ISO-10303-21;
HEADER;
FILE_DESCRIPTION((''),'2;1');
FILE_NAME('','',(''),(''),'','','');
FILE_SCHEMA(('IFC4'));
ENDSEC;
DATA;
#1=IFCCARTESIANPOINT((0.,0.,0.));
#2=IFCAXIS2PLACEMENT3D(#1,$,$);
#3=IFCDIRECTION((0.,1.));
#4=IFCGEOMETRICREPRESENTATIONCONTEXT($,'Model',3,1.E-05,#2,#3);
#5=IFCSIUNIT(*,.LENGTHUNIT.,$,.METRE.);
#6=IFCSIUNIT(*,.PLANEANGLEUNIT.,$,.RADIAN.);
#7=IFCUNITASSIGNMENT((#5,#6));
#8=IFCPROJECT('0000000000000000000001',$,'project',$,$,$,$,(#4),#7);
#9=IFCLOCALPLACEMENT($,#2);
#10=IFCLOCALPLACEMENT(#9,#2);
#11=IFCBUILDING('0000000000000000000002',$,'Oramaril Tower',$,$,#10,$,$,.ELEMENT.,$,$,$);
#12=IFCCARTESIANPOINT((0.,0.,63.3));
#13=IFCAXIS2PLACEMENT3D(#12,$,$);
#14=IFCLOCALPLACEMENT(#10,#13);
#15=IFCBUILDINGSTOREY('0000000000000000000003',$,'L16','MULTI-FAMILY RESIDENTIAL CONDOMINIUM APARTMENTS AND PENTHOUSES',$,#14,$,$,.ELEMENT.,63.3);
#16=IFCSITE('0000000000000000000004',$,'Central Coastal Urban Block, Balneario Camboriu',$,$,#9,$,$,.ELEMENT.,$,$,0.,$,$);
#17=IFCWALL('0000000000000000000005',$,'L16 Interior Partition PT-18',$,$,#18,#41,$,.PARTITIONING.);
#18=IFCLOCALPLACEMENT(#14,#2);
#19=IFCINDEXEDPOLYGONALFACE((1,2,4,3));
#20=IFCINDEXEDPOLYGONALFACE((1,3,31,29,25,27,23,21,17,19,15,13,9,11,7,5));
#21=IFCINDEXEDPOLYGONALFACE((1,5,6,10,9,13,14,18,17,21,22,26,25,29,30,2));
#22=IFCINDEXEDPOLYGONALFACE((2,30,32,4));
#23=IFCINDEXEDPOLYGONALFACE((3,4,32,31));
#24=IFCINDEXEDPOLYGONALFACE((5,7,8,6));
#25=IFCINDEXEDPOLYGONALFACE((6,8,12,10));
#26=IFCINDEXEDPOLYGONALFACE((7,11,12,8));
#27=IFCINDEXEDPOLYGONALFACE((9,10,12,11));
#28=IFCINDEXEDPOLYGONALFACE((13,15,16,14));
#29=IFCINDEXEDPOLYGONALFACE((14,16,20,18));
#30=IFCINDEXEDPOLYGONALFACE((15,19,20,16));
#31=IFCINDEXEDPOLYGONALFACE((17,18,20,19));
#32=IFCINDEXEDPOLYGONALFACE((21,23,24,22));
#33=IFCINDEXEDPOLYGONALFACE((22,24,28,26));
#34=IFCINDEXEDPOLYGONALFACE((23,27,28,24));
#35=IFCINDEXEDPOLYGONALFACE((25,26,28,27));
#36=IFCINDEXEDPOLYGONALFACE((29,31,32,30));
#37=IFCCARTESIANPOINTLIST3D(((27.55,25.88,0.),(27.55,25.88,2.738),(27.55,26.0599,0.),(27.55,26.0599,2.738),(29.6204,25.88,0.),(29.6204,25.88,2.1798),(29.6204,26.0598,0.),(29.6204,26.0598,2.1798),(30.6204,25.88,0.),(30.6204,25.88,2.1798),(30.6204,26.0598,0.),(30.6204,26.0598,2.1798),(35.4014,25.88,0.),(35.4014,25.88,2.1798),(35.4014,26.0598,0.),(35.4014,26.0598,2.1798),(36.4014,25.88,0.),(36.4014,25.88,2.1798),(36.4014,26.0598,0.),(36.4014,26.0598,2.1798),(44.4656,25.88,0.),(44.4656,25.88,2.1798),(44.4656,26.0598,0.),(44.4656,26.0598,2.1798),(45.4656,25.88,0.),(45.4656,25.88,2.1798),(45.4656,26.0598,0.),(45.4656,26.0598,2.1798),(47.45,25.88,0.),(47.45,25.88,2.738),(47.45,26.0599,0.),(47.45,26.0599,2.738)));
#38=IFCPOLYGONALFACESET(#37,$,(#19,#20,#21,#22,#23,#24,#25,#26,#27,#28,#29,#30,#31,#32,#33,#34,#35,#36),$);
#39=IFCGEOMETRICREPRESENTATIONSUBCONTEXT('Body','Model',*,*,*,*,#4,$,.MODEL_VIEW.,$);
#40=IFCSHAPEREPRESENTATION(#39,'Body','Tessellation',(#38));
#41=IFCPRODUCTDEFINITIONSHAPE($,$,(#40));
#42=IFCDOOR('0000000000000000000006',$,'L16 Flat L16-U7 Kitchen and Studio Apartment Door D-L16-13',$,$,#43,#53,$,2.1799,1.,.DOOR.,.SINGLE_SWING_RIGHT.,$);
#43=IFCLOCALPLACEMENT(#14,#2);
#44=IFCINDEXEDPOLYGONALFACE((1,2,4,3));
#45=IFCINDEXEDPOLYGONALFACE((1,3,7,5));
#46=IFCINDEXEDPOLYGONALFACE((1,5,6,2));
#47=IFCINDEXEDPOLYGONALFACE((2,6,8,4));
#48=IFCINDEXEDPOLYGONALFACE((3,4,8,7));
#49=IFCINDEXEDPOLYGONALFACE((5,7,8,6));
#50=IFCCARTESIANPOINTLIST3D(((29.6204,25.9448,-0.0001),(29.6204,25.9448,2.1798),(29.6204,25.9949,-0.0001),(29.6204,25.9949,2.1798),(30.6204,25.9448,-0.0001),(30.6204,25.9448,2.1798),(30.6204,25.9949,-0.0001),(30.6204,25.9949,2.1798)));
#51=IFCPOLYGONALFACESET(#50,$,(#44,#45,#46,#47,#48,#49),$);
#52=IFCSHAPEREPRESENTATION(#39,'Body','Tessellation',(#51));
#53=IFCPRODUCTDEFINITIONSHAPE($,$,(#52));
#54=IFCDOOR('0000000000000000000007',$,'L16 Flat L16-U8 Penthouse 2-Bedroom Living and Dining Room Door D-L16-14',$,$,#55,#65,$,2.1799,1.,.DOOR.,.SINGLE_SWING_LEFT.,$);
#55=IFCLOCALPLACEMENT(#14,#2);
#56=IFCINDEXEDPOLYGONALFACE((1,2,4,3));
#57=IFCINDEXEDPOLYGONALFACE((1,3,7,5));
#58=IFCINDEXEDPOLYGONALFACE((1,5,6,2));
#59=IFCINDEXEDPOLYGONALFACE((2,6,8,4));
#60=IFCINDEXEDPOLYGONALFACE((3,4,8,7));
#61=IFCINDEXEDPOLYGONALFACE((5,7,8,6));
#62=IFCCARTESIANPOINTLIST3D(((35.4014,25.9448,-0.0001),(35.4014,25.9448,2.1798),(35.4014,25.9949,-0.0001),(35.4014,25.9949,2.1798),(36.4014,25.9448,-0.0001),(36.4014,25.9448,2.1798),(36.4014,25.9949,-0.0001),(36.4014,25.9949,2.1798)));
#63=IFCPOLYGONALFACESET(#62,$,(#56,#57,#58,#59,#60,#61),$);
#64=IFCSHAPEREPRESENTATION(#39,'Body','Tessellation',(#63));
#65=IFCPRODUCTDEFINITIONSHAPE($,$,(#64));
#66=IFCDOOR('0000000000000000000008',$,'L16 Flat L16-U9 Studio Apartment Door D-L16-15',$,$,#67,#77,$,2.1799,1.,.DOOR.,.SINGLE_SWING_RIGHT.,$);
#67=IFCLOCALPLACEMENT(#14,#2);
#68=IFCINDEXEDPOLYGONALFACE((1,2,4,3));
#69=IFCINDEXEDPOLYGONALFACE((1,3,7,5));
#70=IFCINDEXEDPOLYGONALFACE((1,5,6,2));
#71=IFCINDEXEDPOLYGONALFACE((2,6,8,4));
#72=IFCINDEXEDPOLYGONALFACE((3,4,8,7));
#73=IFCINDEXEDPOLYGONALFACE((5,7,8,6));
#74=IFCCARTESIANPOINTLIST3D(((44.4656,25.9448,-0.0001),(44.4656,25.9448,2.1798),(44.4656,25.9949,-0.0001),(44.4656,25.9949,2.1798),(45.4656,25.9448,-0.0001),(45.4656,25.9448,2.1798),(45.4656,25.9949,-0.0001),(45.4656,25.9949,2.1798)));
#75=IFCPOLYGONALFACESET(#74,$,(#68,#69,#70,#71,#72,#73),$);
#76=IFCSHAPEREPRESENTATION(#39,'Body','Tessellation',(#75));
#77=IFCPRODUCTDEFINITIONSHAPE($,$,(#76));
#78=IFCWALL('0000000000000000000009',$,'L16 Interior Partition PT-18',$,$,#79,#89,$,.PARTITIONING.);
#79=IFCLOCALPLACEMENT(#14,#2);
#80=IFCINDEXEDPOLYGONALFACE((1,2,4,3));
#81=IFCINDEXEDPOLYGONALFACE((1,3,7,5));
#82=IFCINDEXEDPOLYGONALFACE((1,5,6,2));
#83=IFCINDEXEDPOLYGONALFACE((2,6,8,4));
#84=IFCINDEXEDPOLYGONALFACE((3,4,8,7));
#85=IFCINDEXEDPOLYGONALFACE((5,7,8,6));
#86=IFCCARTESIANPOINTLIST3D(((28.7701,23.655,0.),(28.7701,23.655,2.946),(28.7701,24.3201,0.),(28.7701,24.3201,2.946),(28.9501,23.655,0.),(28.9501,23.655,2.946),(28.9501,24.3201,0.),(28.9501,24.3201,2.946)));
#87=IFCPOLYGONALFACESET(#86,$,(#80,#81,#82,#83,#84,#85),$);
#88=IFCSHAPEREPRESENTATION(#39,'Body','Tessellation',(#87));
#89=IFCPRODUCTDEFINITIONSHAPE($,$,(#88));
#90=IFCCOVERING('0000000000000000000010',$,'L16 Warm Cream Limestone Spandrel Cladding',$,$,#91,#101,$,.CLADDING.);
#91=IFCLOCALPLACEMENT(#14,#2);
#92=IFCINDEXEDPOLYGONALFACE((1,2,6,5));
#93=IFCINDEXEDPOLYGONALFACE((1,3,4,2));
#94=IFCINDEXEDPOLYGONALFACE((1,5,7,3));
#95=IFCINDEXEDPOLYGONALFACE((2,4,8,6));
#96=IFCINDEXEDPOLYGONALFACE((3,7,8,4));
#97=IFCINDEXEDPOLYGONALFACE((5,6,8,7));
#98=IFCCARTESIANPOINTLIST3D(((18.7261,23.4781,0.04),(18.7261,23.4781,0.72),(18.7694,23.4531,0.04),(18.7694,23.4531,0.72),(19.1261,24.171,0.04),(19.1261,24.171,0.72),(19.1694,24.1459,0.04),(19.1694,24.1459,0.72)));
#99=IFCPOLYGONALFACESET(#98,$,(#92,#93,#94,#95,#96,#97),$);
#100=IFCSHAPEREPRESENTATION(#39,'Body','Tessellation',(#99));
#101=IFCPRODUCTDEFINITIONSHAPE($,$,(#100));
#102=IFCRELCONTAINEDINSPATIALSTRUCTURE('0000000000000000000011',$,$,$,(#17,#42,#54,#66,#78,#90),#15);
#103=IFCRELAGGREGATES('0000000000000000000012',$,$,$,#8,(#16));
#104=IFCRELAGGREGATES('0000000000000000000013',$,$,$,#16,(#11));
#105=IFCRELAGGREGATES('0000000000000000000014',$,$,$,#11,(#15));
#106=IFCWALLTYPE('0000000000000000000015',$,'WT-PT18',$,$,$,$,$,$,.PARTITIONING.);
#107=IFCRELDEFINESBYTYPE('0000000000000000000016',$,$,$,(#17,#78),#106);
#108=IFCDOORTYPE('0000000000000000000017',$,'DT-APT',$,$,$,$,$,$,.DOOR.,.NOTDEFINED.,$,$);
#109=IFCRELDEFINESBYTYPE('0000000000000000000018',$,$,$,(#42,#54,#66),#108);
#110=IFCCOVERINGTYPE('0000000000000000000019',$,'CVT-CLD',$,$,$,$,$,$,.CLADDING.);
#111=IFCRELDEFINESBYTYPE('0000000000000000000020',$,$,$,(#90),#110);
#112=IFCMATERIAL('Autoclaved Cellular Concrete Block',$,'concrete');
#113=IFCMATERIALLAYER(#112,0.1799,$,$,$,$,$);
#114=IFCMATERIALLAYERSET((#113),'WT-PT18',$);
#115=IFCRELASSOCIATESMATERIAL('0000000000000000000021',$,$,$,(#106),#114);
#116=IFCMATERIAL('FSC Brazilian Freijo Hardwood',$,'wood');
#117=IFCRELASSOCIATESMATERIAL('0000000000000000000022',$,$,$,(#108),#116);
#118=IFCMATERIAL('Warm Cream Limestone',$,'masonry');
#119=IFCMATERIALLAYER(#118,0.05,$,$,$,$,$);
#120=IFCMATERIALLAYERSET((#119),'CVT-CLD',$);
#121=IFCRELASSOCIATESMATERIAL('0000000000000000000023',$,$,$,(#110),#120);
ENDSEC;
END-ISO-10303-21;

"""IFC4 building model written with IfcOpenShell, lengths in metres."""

from ifc_helpers import new_model, si_unit, direction, frame, frame_2d, origin, origin_2d, place, context, subcontext, project, spatial, rectangle, extrude, material, layer, layer_set, type_object, element, fill, save


model = new_model("IFC4")

# Units and contexts
model_context = context("Model", 3, precision=1e-05, world=origin(), true_north=direction((0.0, 1.0)))
body_context = subcontext(model_context, "Body", "Model", "MODEL_VIEW")
ifc_project = project(units=[si_unit("LENGTHUNIT", "METRE"), si_unit("PLANEANGLEUNIT", "RADIAN")], contexts=[model_context])

# Site, building, storey
site_placement = place(None, origin())
site = spatial("IfcSite", under=ifc_project, at=site_placement, Name="Central Coastal Urban Block, Balneario Camboriu", CompositionType="ELEMENT", RefElevation=0.0)
building_placement = place(site_placement, origin())
building = spatial("IfcBuilding", under=site, at=building_placement, Name="Oramaril Tower", CompositionType="ELEMENT")
storey_placement = place(building_placement, frame((0.0, 0.0, 63.3)))
storey = spatial("IfcBuildingStorey", under=building, at=storey_placement, Name="L16", Description="MULTI-FAMILY RESIDENTIAL CONDOMINIUM APARTMENTS AND PENTHOUSES", CompositionType="ELEMENT", Elevation=63.3)

# Shared definitions
ifc_material_1 = material(Name="Autoclaved Cellular Concrete Block", Category="concrete")
ifc_layer_1 = layer(ifc_material_1, 0.1799)
ifc_layer_set_1 = layer_set([ifc_layer_1], Name="WT-PT18")
wall_type_1 = type_object("IfcWallType", Name="WT-PT18", PredefinedType="PARTITIONING", material=ifc_layer_set_1)

# Wall, openings, doors
wall_1_placement = place(storey_placement, frame((27.55, 25.97, 0.0), z_axis=(0.0, 0.0, 1.0), x_axis=(1.0, 0.0, 0.0)))
wall_1 = element("IfcWall", 1, at=wall_1_placement, inside=storey, type_object=wall_type_1, Name="L16 Interior Partition PT-18", PredefinedType="PARTITIONING", context=body_context, shape_type="SweptSolid", body=[
    extrude(rectangle(XDim=19.8999, YDim=0.1799, at=frame_2d((9.95, 0.0))), origin(), (0.0, 0.0, 1.0), 2.738),
])
opening_1_placement = place(wall_1_placement, frame((2.0703, 0.0, 0.0)))
opening_1 = element("IfcOpeningElement", 2, at=opening_1_placement, cuts=wall_1, PredefinedType="OPENING", context=body_context, shape_type="SweptSolid", body=[
    extrude(rectangle(XDim=1.0, YDim=2.1799, at=frame_2d((0.5, 1.0898))), frame((0.0, 0.0898, 0.0), z_axis=(0.0, -1.0, 0.0), x_axis=(1.0, 0.0, 0.0)), (0.0, 0.0, 1.0), 0.1799),
])
opening_2_placement = place(wall_1_placement, frame((7.8513, 0.0, 0.0)))
opening_2 = element("IfcOpeningElement", 3, at=opening_2_placement, cuts=wall_1, PredefinedType="OPENING", context=body_context, shape_type="SweptSolid", body=[
    extrude(rectangle(XDim=1.0, YDim=2.1799, at=frame_2d((0.5, 1.0898))), frame((0.0, 0.0898, 0.0), z_axis=(0.0, -1.0, 0.0), x_axis=(1.0, 0.0, 0.0)), (0.0, 0.0, 1.0), 0.1799),
])
opening_3_placement = place(wall_1_placement, frame((16.9155, 0.0, 0.0)))
opening_3 = element("IfcOpeningElement", 4, at=opening_3_placement, cuts=wall_1, PredefinedType="OPENING", context=body_context, shape_type="SweptSolid", body=[
    extrude(rectangle(XDim=1.0, YDim=2.1799, at=frame_2d((0.5, 1.0898))), frame((0.0, 0.0898, 0.0), z_axis=(0.0, -1.0, 0.0), x_axis=(1.0, 0.0, 0.0)), (0.0, 0.0, 1.0), 0.1799),
])
ifc_material_2 = material(Name="FSC Brazilian Freijo Hardwood", Category="wood")
door_type_1 = type_object("IfcDoorType", Name="DT-APT", OperationType="NOTDEFINED", PredefinedType="DOOR", material=ifc_material_2)
door_1_placement = place(opening_1_placement, origin())
door_1 = element("IfcDoor", 5, at=door_1_placement, inside=storey, type_object=door_type_1, Name="L16 Flat L16-U7 Kitchen and Studio Apartment Door D-L16-13", OperationType="SINGLE_SWING_RIGHT", OverallHeight=2.1799, OverallWidth=1.0, PredefinedType="DOOR", context=body_context, shape_type="SweptSolid", body=[
    extrude(rectangle(XDim=1.0, YDim=2.1799, at=frame_2d((0.5, 1.0898))), frame((0.0, 0.0249, 0.0), z_axis=(0.0, -1.0, 0.0), x_axis=(1.0, 0.0, 0.0)), (0.0, 0.0, 1.0), 0.05),
])
fill(opening_1, door_1)
door_2_placement = place(opening_2_placement, origin())
door_2 = element("IfcDoor", 6, at=door_2_placement, inside=storey, type_object=door_type_1, Name="L16 Flat L16-U8 Penthouse 2-Bedroom Living and Dining Room Door D-L16-14", OperationType="SINGLE_SWING_LEFT", OverallHeight=2.1799, OverallWidth=1.0, PredefinedType="DOOR", context=body_context, shape_type="SweptSolid", body=[
    extrude(rectangle(XDim=1.0, YDim=2.1799, at=frame_2d((0.5, 1.0898))), frame((0.0, 0.0249, 0.0), z_axis=(0.0, -1.0, 0.0), x_axis=(1.0, 0.0, 0.0)), (0.0, 0.0, 1.0), 0.05),
])
fill(opening_2, door_2)
door_3_placement = place(opening_3_placement, origin())
door_3 = element("IfcDoor", 7, at=door_3_placement, inside=storey, type_object=door_type_1, Name="L16 Flat L16-U9 Studio Apartment Door D-L16-15", OperationType="SINGLE_SWING_RIGHT", OverallHeight=2.1799, OverallWidth=1.0, PredefinedType="DOOR", context=body_context, shape_type="SweptSolid", body=[
    extrude(rectangle(XDim=1.0, YDim=2.1799, at=frame_2d((0.5, 1.0898))), frame((0.0, 0.0249, 0.0), z_axis=(0.0, -1.0, 0.0), x_axis=(1.0, 0.0, 0.0)), (0.0, 0.0, 1.0), 0.05),
])
fill(opening_3, door_3)

# Wall
wall_2_placement = place(storey_placement, frame((28.8601, 23.655, 0.0), z_axis=(0.0, 0.0, 1.0), x_axis=(0.0, 1.0, 0.0)))
element("IfcWall", 8, at=wall_2_placement, inside=storey, type_object=wall_type_1, Name="L16 Interior Partition PT-18", PredefinedType="PARTITIONING", context=body_context, shape_type="SweptSolid", body=[
    extrude(rectangle(XDim=0.665, YDim=0.1799, at=frame_2d((0.3325, 0.0))), origin(), (0.0, 0.0, 1.0), 2.946),
])

# Covering
ifc_material_3 = material(Name="Warm Cream Limestone", Category="masonry")
ifc_layer_2 = layer(ifc_material_3, 0.05)
ifc_layer_set_2 = layer_set([ifc_layer_2], Name="CVT-CLD")
covering_type = type_object("IfcCoveringType", Name="CVT-CLD", PredefinedType="CLADDING", material=ifc_layer_set_2)
covering_placement = place(storey_placement, frame((18.9478, 23.812, 0.04), z_axis=(0.0, 0.0, 1.0), x_axis=(-0.499998, -0.866026, 0.0)))
element("IfcCovering", 9, at=covering_placement, inside=storey, type_object=covering_type, Name="L16 Warm Cream Limestone Spandrel Cladding", PredefinedType="CLADDING", context=body_context, shape_type="SweptSolid", body=[
    extrude(rectangle(XDim=0.8, YDim=0.05, at=origin_2d()), origin(), (0.0, 0.0, 1.0), 0.6799),
])

save(model, "model.ifc")
